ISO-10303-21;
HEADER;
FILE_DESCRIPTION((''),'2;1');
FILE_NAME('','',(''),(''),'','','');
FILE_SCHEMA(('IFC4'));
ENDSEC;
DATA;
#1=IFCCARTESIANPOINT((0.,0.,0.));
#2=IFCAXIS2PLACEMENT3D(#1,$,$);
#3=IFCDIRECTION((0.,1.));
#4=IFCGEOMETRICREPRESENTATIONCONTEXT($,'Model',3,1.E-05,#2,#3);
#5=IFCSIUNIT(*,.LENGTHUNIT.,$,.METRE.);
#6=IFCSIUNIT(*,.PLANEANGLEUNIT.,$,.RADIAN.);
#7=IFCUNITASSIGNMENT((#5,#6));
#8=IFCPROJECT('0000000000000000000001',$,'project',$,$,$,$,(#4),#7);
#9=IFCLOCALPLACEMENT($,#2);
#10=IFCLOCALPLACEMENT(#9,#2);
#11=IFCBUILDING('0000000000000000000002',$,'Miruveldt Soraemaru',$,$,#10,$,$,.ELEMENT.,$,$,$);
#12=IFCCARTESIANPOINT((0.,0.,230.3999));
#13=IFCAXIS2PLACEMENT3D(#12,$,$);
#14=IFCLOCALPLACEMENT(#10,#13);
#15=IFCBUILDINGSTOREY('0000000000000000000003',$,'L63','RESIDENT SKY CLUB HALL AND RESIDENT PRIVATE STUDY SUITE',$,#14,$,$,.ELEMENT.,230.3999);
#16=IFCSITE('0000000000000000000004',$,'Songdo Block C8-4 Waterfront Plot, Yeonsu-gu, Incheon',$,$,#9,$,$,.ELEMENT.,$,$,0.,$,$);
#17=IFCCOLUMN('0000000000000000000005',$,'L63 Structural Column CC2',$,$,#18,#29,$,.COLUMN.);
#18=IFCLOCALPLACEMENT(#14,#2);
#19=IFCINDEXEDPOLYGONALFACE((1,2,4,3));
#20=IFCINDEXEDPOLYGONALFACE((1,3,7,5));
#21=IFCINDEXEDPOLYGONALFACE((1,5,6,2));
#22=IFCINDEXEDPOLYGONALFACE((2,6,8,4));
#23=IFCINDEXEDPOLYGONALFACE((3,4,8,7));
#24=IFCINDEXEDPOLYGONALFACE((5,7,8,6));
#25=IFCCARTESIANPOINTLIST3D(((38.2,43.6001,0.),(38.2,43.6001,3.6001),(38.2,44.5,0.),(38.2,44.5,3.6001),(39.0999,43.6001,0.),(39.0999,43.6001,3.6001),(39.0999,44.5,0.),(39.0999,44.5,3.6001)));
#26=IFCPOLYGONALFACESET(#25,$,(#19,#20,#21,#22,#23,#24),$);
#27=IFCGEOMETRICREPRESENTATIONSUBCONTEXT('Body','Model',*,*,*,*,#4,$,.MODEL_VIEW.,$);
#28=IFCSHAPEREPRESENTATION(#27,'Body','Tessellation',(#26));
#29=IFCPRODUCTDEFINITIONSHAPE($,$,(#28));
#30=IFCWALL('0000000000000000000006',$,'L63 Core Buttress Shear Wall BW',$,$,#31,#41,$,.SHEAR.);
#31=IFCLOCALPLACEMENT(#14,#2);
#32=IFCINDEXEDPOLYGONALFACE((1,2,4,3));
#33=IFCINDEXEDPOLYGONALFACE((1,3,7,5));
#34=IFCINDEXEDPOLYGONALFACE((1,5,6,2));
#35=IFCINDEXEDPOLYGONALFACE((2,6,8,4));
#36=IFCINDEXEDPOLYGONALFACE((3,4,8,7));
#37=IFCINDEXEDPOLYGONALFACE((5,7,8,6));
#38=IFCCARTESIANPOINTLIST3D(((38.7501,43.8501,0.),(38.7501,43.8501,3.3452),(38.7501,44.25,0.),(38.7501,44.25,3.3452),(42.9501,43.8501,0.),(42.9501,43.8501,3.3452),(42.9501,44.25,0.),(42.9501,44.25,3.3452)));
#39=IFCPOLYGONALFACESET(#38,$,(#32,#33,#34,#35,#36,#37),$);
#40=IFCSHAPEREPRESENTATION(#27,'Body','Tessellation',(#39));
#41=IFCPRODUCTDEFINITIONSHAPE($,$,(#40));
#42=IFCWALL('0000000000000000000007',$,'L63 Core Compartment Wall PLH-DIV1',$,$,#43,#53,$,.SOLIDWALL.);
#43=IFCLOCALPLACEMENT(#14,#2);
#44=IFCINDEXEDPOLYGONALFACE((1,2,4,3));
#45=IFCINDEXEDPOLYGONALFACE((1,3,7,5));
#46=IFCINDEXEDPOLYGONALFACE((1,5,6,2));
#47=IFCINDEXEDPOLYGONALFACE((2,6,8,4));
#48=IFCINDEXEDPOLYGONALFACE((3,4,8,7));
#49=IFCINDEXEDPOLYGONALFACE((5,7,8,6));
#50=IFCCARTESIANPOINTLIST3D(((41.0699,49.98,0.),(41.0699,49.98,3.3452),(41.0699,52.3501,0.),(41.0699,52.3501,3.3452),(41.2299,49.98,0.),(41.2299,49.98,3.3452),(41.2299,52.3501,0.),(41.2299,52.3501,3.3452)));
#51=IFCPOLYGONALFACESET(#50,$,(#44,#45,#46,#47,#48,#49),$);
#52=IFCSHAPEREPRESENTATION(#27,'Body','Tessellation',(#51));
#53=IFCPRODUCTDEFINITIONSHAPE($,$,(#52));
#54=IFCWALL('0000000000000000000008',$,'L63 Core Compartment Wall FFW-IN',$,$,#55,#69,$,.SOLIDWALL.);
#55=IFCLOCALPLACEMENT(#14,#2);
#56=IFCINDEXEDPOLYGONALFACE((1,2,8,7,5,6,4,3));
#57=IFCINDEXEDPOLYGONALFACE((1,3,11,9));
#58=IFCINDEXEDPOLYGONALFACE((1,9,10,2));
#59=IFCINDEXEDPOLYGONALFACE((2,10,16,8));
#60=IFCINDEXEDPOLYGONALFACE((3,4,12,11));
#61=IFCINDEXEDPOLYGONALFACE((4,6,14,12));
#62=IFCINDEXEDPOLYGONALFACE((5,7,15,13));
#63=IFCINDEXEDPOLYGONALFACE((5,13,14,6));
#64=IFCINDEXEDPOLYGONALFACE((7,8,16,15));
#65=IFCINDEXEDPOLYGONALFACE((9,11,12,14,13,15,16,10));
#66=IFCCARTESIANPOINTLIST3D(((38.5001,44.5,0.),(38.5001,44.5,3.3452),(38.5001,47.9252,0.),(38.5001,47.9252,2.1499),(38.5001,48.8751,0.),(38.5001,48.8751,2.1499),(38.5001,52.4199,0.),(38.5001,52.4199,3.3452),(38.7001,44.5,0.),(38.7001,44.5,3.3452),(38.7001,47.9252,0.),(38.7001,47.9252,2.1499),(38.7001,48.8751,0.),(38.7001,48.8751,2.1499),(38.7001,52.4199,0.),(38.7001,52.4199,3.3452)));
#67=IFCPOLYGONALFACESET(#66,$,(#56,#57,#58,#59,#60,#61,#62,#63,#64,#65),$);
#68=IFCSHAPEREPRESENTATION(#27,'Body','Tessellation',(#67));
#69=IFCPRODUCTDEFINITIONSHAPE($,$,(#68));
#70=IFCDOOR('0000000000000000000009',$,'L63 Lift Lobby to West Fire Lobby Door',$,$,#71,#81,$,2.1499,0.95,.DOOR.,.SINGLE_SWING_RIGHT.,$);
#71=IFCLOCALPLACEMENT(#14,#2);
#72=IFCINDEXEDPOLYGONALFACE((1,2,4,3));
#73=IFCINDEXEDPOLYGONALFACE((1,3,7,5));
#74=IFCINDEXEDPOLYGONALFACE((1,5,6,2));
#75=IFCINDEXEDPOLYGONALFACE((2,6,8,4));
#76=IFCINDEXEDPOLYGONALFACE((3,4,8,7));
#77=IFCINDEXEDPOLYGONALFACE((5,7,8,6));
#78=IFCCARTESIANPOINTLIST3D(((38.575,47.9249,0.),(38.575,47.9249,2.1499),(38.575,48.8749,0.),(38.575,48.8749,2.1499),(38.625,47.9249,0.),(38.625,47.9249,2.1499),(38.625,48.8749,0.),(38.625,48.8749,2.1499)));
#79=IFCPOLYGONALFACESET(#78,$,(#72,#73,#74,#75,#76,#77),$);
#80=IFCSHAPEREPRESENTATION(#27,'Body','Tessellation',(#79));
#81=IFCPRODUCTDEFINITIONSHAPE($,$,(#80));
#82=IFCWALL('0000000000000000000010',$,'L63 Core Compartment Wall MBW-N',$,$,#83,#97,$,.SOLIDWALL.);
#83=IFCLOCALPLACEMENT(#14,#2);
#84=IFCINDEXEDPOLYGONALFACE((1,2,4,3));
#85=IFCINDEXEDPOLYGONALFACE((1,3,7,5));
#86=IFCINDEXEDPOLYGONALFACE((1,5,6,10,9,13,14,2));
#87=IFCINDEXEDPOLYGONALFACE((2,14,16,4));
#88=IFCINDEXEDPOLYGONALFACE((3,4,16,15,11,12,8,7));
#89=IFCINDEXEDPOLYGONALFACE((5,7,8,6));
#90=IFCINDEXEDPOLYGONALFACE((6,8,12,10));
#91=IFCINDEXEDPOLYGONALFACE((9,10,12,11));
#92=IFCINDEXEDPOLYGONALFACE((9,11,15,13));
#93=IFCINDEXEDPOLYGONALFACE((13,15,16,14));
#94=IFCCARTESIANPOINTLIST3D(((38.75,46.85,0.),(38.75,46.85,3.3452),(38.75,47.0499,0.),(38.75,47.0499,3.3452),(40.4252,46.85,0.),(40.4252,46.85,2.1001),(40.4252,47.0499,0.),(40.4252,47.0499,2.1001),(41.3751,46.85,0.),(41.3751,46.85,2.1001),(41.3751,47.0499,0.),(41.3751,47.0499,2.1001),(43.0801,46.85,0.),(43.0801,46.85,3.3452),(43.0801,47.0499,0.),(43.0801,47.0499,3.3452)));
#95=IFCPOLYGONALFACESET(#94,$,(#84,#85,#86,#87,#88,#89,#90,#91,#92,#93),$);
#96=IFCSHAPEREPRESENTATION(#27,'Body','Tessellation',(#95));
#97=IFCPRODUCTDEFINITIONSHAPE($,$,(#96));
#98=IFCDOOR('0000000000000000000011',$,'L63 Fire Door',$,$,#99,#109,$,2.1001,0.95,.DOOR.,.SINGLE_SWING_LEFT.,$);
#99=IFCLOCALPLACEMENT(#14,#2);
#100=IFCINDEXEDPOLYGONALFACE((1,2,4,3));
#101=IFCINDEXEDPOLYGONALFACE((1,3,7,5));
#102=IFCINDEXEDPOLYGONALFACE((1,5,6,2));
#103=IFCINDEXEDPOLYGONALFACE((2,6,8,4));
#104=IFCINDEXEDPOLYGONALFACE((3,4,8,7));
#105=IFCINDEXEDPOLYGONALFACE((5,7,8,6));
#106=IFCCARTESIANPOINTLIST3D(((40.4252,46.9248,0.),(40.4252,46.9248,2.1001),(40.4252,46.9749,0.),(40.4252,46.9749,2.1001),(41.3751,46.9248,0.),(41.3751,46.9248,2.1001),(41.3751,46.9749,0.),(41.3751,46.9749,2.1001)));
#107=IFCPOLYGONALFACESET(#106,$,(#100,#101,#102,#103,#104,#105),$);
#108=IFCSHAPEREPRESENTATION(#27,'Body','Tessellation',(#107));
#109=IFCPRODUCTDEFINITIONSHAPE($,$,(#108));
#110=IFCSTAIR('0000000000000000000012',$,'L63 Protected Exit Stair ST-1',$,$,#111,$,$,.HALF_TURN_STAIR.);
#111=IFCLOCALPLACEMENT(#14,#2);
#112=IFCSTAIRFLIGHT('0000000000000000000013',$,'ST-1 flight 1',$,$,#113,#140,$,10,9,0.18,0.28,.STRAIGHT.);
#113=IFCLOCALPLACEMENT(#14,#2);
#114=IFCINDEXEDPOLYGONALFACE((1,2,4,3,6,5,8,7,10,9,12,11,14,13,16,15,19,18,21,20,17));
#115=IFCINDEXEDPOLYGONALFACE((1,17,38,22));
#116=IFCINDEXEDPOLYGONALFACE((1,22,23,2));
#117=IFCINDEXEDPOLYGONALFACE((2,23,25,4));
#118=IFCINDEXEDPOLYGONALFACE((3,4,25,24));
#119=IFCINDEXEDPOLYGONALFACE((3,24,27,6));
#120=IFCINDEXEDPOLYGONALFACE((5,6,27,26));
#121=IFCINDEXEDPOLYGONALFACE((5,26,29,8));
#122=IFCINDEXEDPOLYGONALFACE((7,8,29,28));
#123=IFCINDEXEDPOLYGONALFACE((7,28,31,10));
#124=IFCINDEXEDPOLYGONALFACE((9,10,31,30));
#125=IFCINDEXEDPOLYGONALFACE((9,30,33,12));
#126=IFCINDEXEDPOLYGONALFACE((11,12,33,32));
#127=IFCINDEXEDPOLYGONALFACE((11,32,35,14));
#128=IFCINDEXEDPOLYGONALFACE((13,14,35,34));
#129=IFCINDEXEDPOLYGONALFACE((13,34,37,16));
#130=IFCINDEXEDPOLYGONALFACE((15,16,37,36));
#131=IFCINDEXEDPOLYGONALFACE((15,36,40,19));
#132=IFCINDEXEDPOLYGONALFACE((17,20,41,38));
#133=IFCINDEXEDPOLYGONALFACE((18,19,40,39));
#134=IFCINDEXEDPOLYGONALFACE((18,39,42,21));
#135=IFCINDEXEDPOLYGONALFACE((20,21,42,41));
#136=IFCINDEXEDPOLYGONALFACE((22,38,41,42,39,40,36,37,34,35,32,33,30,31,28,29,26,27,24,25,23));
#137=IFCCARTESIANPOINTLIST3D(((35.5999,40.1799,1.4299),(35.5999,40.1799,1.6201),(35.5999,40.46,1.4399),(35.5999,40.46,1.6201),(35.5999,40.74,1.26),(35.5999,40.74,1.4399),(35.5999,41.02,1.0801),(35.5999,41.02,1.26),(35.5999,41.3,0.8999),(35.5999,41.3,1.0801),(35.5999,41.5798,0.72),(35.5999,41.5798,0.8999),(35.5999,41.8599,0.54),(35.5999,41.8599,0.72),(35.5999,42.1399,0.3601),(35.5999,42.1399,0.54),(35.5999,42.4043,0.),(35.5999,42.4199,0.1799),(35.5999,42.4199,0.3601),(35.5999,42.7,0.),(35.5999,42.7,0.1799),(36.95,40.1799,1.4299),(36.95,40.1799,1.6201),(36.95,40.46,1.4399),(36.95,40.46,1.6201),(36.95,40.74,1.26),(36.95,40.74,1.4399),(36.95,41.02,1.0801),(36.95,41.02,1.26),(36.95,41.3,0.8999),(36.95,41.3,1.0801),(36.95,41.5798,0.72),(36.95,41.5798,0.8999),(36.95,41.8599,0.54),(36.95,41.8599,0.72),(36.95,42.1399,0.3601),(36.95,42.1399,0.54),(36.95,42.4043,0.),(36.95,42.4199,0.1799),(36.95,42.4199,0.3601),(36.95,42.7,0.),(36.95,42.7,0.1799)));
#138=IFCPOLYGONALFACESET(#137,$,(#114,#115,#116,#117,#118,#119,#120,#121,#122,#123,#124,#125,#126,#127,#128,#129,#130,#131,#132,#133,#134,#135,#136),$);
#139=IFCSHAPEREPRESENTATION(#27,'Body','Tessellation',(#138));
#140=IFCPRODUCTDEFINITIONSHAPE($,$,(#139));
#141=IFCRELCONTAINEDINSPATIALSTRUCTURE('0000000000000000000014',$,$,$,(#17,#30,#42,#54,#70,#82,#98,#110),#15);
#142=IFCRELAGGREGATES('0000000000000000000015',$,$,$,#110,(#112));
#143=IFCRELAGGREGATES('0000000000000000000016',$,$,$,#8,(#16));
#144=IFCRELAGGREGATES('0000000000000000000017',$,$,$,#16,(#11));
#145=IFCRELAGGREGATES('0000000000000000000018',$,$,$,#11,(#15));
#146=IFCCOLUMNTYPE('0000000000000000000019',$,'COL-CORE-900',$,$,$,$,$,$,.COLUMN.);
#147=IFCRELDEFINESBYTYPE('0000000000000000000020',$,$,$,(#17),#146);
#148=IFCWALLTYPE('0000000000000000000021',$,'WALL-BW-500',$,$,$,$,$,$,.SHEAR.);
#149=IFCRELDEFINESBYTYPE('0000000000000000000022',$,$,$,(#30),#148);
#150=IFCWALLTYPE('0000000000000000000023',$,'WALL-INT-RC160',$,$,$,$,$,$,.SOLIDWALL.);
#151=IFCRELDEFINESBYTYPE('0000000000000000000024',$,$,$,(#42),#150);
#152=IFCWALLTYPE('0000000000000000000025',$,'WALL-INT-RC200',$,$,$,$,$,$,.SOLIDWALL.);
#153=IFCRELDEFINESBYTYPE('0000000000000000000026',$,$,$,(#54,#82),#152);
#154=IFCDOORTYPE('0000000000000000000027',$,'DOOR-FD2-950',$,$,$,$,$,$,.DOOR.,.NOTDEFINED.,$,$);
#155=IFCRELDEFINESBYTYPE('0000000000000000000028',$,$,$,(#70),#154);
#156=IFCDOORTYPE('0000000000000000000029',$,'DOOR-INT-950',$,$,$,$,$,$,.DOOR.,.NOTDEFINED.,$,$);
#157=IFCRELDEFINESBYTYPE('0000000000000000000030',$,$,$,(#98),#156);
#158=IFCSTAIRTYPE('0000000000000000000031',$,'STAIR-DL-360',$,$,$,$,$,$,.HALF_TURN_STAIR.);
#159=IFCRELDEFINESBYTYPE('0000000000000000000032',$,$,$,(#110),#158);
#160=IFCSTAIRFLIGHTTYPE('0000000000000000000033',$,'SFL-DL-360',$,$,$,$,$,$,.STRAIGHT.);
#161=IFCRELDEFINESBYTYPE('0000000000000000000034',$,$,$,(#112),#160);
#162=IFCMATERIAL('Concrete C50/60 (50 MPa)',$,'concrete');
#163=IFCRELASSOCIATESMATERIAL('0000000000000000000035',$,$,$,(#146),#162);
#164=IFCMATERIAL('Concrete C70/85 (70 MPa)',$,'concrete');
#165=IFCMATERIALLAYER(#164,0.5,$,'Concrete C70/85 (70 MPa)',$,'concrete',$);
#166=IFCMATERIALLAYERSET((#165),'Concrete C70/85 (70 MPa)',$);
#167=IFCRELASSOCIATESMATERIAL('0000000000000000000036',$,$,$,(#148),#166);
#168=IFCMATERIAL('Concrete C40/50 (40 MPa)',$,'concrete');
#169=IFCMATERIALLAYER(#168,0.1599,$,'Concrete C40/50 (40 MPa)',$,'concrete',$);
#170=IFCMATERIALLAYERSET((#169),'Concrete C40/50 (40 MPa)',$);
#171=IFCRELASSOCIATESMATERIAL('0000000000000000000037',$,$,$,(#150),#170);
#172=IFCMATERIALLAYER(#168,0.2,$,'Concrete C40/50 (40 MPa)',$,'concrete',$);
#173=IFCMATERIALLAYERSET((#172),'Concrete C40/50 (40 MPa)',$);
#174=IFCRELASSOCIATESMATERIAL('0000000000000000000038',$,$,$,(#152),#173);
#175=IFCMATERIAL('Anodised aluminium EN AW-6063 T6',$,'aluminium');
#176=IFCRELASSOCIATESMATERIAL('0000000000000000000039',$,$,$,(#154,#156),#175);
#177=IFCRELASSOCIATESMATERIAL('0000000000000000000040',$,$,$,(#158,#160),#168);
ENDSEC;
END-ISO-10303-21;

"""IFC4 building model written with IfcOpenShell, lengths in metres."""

from ifc_helpers import new_model, si_unit, direction, frame, frame_2d, origin, origin_2d, place, context, subcontext, project, spatial, polyline, rectangle, outline, extrude, material, layer, layer_set, material_profile, profile_set, type_object, element, fill, aggregate, save


model = new_model("IFC4")

# Units and contexts
model_context = context("Model", 3, precision=1e-05, world=origin(), true_north=direction((0.0, 1.0)))
body_context = subcontext(model_context, "Body", "Model", "MODEL_VIEW")
ifc_project = project(units=[si_unit("LENGTHUNIT", "METRE"), si_unit("PLANEANGLEUNIT", "RADIAN")], contexts=[model_context])

# Site, building, storey
site_placement = place(None, origin())
site = spatial("IfcSite", under=ifc_project, at=site_placement, Name="Songdo Block C8-4 Waterfront Plot, Yeonsu-gu, Incheon", CompositionType="ELEMENT", RefElevation=0.0)
building_placement = place(site_placement, origin())
building = spatial("IfcBuilding", under=site, at=building_placement, Name="Miruveldt Soraemaru", CompositionType="ELEMENT")
storey_placement = place(building_placement, frame((0.0, 0.0, 230.3999)))
storey = spatial("IfcBuildingStorey", under=building, at=storey_placement, Name="L63", Description="RESIDENT SKY CLUB HALL AND RESIDENT PRIVATE STUDY SUITE", CompositionType="ELEMENT", Elevation=230.3999)

# Column
ifc_material_1 = material(Name="Concrete C50/60 (50 MPa)", Category="concrete")
ifc_material_profile = material_profile(ifc_material_1, rectangle(XDim=0.8999, YDim=0.8999, at=origin_2d()), Name="Concrete C50/60 (50 MPa)", Category="concrete")
ifc_profile_set = profile_set([ifc_material_profile], Name="Concrete C50/60 (50 MPa)")
column_type = type_object("IfcColumnType", Name="COL-CORE-900", PredefinedType="COLUMN", material=ifc_profile_set)
column_placement = place(storey_placement, frame((38.6499, 44.05, 0.0), z_axis=(0.0, 0.0, 1.0), x_axis=(1.0, 0.0, 0.0)))
element("IfcColumn", 1, at=column_placement, inside=storey, type_object=column_type, Name="L63 Structural Column CC2", PredefinedType="COLUMN", context=body_context, shape_type="SweptSolid", body=[
    extrude(rectangle(XDim=0.8999, YDim=0.8999, at=origin_2d()), origin(), (0.0, 0.0, 1.0), 3.6001),
])

# Walls
ifc_material_2 = material(Name="Concrete C70/85 (70 MPa)", Category="concrete")
ifc_layer_1 = layer(ifc_material_2, 0.5, Name="Concrete C70/85 (70 MPa)", Category="concrete")
ifc_layer_set_1 = layer_set([ifc_layer_1], Name="Concrete C70/85 (70 MPa)")
wall_type_1 = type_object("IfcWallType", Name="WALL-BW-500", PredefinedType="SHEAR", material=ifc_layer_set_1)
wall_1_placement = place(storey_placement, frame((38.75, 44.05, 0.0), z_axis=(0.0, 0.0, 1.0), x_axis=(1.0, 0.0, 0.0)))
element("IfcWall", 2, at=wall_1_placement, inside=storey, type_object=wall_type_1, Name="L63 Core Buttress Shear Wall BW", PredefinedType="SHEAR", context=body_context, shape_type="SweptSolid", body=[
    extrude(rectangle(XDim=4.2, YDim=0.3999, at=frame_2d((2.1001, 0.0))), origin(), (0.0, 0.0, 1.0), 3.3452),
])
ifc_material_3 = material(Name="Concrete C40/50 (40 MPa)", Category="concrete")
ifc_layer_2 = layer(ifc_material_3, 0.1599, Name="Concrete C40/50 (40 MPa)", Category="concrete")
ifc_layer_set_2 = layer_set([ifc_layer_2], Name="Concrete C40/50 (40 MPa)")
wall_type_2 = type_object("IfcWallType", Name="WALL-INT-RC160", PredefinedType="SOLIDWALL", material=ifc_layer_set_2)
wall_2_placement = place(storey_placement, frame((41.1499, 49.98, 0.0), z_axis=(0.0, 0.0, 1.0), x_axis=(0.0, 1.0, 0.0)))
element("IfcWall", 3, at=wall_2_placement, inside=storey, type_object=wall_type_2, Name="L63 Core Compartment Wall PLH-DIV1", PredefinedType="SOLIDWALL", context=body_context, shape_type="SweptSolid", body=[
    extrude(rectangle(XDim=2.3701, YDim=0.1599, at=frame_2d((1.1851, 0.0))), origin(), (0.0, 0.0, 1.0), 3.3452),
])

# Wall, opening, door
ifc_layer_3 = layer(ifc_material_3, 0.2, Name="Concrete C40/50 (40 MPa)", Category="concrete")
ifc_layer_set_3 = layer_set([ifc_layer_3], Name="Concrete C40/50 (40 MPa)")
wall_type_3 = type_object("IfcWallType", Name="WALL-INT-RC200", PredefinedType="SOLIDWALL", material=ifc_layer_set_3)
wall_3_placement = place(storey_placement, frame((38.6001, 44.5, 0.0), z_axis=(0.0, 0.0, 1.0), x_axis=(0.0, 1.0, 0.0)))
wall_3 = element("IfcWall", 4, at=wall_3_placement, inside=storey, type_object=wall_type_3, Name="L63 Core Compartment Wall FFW-IN", PredefinedType="SOLIDWALL", context=body_context, shape_type="SweptSolid", body=[
    extrude(rectangle(XDim=7.9199, YDim=0.2, at=frame_2d((3.96, 0.0))), origin(), (0.0, 0.0, 1.0), 3.3452),
])
opening_1_placement = place(wall_3_placement, frame((3.425, 0.0, 0.0)))
opening_1 = element("IfcOpeningElement", 5, at=opening_1_placement, cuts=wall_3, PredefinedType="OPENING", context=body_context, shape_type="SweptSolid", body=[
    extrude(rectangle(XDim=0.95, YDim=2.1499, at=frame_2d((0.4751, 1.075))), frame((0.0, 0.1099, 0.0), z_axis=(0.0, -1.0, 0.0), x_axis=(1.0, 0.0, 0.0)), (0.0, 0.0, 1.0), 0.22),
])
ifc_material_4 = material(Name="Anodised aluminium EN AW-6063 T6", Category="aluminium")
door_type_1 = type_object("IfcDoorType", Name="DOOR-FD2-950", OperationType="NOTDEFINED", PredefinedType="DOOR", material=ifc_material_4)
door_1_placement = place(opening_1_placement, frame((0.95, 0.0, 0.0), z_axis=(0.0, 0.0, 1.0), x_axis=(-1.0, 0.0, 0.0)))
door_1 = element("IfcDoor", 6, at=door_1_placement, inside=storey, type_object=door_type_1, Name="L63 Lift Lobby to West Fire Lobby Door", OperationType="SINGLE_SWING_RIGHT", OverallHeight=2.1499, OverallWidth=0.95, PredefinedType="DOOR", context=body_context, shape_type="SweptSolid", body=[
    extrude(rectangle(XDim=0.95, YDim=2.1499, at=frame_2d((0.4751, 1.075))), frame((0.0, 0.0249, 0.0), z_axis=(0.0, -1.0, 0.0), x_axis=(1.0, 0.0, 0.0)), (0.0, 0.0, 1.0), 0.05),
])
fill(opening_1, door_1)

# Wall, opening, door
wall_4_placement = place(storey_placement, frame((38.75, 46.95, 0.0), z_axis=(0.0, 0.0, 1.0), x_axis=(1.0, 0.0, 0.0)))
wall_4 = element("IfcWall", 7, at=wall_4_placement, inside=storey, type_object=wall_type_3, Name="L63 Core Compartment Wall MBW-N", PredefinedType="SOLIDWALL", context=body_context, shape_type="SweptSolid", body=[
    extrude(rectangle(XDim=4.3301, YDim=0.2, at=frame_2d((2.165, 0.0))), origin(), (0.0, 0.0, 1.0), 3.3452),
])
opening_2_placement = place(wall_4_placement, frame((1.675, 0.0, 0.0)))
opening_2 = element("IfcOpeningElement", 8, at=opening_2_placement, cuts=wall_4, PredefinedType="OPENING", context=body_context, shape_type="SweptSolid", body=[
    extrude(rectangle(XDim=0.95, YDim=2.1001, at=frame_2d((0.4751, 1.05))), frame((0.0, 0.1099, 0.0), z_axis=(0.0, -1.0, 0.0), x_axis=(1.0, 0.0, 0.0)), (0.0, 0.0, 1.0), 0.22),
])
door_type_2 = type_object("IfcDoorType", Name="DOOR-INT-950", OperationType="NOTDEFINED", PredefinedType="DOOR", material=ifc_material_4)
door_2_placement = place(opening_2_placement, origin())
door_2 = element("IfcDoor", 9, at=door_2_placement, inside=storey, type_object=door_type_2, Name="L63 Fire Door", OperationType="SINGLE_SWING_LEFT", OverallHeight=2.1001, OverallWidth=0.95, PredefinedType="DOOR", context=body_context, shape_type="SweptSolid", body=[
    extrude(rectangle(XDim=0.95, YDim=2.1001, at=frame_2d((0.4751, 1.05))), frame((0.0, 0.0249, 0.0), z_axis=(0.0, -1.0, 0.0), x_axis=(1.0, 0.0, 0.0)), (0.0, 0.0, 1.0), 0.05),
])
fill(opening_2, door_2)

# Stair, stair flight
stair_type = type_object("IfcStairType", Name="STAIR-DL-360", PredefinedType="HALF_TURN_STAIR", material=ifc_material_3)
stair_placement = place(storey_placement, origin())
stair = element("IfcStair", 10, at=stair_placement, inside=storey, type_object=stair_type, Name="L63 Protected Exit Stair ST-1", PredefinedType="HALF_TURN_STAIR")
stair_flight_type = type_object("IfcStairFlightType", Name="SFL-DL-360", PredefinedType="STRAIGHT", material=ifc_material_3)
stair_flight_placement = place(storey_placement, frame((36.2749, 42.7, 0.0), z_axis=(0.0, 0.0, 1.0), x_axis=(0.0, -1.0, 0.0)))
stair_flight = element("IfcStairFlight", 11, at=stair_flight_placement, type_object=stair_flight_type, Name="ST-1 flight 1", NumberOfRisers=10, NumberOfTreads=9, PredefinedType="STRAIGHT", RiserHeight=0.18, TreadLength=0.28, context=body_context, shape_type="SweptSolid", body=[
    extrude(outline(polyline([(0.0, 0.0), (0.0, 0.1799), (0.28, 0.1799), (0.28, 0.3601), (0.5601, 0.3601), (0.5601, 0.54), (0.8401, 0.54), (0.8401, 0.72), (1.1201, 0.72), (1.1201, 0.8999), (1.3999, 0.8999), (1.3999, 1.0801), (1.6799, 1.0801), (1.6799, 1.26), (1.96, 1.26), (1.96, 1.4399), (2.24, 1.4399), (2.24, 1.6201), (2.52, 1.6201), (2.52, 1.8), (2.52, 1.4299), (0.2957, 0.0), (0.0, 0.0)])), frame((0.0, 0.675, 0.0), z_axis=(0.0, -1.0, 0.0), x_axis=(1.0, 0.0, 0.0)), (0.0, 0.0, 1.0), 1.3501),
])
aggregate(stair, [stair_flight])

save(model, "model.ifc")
